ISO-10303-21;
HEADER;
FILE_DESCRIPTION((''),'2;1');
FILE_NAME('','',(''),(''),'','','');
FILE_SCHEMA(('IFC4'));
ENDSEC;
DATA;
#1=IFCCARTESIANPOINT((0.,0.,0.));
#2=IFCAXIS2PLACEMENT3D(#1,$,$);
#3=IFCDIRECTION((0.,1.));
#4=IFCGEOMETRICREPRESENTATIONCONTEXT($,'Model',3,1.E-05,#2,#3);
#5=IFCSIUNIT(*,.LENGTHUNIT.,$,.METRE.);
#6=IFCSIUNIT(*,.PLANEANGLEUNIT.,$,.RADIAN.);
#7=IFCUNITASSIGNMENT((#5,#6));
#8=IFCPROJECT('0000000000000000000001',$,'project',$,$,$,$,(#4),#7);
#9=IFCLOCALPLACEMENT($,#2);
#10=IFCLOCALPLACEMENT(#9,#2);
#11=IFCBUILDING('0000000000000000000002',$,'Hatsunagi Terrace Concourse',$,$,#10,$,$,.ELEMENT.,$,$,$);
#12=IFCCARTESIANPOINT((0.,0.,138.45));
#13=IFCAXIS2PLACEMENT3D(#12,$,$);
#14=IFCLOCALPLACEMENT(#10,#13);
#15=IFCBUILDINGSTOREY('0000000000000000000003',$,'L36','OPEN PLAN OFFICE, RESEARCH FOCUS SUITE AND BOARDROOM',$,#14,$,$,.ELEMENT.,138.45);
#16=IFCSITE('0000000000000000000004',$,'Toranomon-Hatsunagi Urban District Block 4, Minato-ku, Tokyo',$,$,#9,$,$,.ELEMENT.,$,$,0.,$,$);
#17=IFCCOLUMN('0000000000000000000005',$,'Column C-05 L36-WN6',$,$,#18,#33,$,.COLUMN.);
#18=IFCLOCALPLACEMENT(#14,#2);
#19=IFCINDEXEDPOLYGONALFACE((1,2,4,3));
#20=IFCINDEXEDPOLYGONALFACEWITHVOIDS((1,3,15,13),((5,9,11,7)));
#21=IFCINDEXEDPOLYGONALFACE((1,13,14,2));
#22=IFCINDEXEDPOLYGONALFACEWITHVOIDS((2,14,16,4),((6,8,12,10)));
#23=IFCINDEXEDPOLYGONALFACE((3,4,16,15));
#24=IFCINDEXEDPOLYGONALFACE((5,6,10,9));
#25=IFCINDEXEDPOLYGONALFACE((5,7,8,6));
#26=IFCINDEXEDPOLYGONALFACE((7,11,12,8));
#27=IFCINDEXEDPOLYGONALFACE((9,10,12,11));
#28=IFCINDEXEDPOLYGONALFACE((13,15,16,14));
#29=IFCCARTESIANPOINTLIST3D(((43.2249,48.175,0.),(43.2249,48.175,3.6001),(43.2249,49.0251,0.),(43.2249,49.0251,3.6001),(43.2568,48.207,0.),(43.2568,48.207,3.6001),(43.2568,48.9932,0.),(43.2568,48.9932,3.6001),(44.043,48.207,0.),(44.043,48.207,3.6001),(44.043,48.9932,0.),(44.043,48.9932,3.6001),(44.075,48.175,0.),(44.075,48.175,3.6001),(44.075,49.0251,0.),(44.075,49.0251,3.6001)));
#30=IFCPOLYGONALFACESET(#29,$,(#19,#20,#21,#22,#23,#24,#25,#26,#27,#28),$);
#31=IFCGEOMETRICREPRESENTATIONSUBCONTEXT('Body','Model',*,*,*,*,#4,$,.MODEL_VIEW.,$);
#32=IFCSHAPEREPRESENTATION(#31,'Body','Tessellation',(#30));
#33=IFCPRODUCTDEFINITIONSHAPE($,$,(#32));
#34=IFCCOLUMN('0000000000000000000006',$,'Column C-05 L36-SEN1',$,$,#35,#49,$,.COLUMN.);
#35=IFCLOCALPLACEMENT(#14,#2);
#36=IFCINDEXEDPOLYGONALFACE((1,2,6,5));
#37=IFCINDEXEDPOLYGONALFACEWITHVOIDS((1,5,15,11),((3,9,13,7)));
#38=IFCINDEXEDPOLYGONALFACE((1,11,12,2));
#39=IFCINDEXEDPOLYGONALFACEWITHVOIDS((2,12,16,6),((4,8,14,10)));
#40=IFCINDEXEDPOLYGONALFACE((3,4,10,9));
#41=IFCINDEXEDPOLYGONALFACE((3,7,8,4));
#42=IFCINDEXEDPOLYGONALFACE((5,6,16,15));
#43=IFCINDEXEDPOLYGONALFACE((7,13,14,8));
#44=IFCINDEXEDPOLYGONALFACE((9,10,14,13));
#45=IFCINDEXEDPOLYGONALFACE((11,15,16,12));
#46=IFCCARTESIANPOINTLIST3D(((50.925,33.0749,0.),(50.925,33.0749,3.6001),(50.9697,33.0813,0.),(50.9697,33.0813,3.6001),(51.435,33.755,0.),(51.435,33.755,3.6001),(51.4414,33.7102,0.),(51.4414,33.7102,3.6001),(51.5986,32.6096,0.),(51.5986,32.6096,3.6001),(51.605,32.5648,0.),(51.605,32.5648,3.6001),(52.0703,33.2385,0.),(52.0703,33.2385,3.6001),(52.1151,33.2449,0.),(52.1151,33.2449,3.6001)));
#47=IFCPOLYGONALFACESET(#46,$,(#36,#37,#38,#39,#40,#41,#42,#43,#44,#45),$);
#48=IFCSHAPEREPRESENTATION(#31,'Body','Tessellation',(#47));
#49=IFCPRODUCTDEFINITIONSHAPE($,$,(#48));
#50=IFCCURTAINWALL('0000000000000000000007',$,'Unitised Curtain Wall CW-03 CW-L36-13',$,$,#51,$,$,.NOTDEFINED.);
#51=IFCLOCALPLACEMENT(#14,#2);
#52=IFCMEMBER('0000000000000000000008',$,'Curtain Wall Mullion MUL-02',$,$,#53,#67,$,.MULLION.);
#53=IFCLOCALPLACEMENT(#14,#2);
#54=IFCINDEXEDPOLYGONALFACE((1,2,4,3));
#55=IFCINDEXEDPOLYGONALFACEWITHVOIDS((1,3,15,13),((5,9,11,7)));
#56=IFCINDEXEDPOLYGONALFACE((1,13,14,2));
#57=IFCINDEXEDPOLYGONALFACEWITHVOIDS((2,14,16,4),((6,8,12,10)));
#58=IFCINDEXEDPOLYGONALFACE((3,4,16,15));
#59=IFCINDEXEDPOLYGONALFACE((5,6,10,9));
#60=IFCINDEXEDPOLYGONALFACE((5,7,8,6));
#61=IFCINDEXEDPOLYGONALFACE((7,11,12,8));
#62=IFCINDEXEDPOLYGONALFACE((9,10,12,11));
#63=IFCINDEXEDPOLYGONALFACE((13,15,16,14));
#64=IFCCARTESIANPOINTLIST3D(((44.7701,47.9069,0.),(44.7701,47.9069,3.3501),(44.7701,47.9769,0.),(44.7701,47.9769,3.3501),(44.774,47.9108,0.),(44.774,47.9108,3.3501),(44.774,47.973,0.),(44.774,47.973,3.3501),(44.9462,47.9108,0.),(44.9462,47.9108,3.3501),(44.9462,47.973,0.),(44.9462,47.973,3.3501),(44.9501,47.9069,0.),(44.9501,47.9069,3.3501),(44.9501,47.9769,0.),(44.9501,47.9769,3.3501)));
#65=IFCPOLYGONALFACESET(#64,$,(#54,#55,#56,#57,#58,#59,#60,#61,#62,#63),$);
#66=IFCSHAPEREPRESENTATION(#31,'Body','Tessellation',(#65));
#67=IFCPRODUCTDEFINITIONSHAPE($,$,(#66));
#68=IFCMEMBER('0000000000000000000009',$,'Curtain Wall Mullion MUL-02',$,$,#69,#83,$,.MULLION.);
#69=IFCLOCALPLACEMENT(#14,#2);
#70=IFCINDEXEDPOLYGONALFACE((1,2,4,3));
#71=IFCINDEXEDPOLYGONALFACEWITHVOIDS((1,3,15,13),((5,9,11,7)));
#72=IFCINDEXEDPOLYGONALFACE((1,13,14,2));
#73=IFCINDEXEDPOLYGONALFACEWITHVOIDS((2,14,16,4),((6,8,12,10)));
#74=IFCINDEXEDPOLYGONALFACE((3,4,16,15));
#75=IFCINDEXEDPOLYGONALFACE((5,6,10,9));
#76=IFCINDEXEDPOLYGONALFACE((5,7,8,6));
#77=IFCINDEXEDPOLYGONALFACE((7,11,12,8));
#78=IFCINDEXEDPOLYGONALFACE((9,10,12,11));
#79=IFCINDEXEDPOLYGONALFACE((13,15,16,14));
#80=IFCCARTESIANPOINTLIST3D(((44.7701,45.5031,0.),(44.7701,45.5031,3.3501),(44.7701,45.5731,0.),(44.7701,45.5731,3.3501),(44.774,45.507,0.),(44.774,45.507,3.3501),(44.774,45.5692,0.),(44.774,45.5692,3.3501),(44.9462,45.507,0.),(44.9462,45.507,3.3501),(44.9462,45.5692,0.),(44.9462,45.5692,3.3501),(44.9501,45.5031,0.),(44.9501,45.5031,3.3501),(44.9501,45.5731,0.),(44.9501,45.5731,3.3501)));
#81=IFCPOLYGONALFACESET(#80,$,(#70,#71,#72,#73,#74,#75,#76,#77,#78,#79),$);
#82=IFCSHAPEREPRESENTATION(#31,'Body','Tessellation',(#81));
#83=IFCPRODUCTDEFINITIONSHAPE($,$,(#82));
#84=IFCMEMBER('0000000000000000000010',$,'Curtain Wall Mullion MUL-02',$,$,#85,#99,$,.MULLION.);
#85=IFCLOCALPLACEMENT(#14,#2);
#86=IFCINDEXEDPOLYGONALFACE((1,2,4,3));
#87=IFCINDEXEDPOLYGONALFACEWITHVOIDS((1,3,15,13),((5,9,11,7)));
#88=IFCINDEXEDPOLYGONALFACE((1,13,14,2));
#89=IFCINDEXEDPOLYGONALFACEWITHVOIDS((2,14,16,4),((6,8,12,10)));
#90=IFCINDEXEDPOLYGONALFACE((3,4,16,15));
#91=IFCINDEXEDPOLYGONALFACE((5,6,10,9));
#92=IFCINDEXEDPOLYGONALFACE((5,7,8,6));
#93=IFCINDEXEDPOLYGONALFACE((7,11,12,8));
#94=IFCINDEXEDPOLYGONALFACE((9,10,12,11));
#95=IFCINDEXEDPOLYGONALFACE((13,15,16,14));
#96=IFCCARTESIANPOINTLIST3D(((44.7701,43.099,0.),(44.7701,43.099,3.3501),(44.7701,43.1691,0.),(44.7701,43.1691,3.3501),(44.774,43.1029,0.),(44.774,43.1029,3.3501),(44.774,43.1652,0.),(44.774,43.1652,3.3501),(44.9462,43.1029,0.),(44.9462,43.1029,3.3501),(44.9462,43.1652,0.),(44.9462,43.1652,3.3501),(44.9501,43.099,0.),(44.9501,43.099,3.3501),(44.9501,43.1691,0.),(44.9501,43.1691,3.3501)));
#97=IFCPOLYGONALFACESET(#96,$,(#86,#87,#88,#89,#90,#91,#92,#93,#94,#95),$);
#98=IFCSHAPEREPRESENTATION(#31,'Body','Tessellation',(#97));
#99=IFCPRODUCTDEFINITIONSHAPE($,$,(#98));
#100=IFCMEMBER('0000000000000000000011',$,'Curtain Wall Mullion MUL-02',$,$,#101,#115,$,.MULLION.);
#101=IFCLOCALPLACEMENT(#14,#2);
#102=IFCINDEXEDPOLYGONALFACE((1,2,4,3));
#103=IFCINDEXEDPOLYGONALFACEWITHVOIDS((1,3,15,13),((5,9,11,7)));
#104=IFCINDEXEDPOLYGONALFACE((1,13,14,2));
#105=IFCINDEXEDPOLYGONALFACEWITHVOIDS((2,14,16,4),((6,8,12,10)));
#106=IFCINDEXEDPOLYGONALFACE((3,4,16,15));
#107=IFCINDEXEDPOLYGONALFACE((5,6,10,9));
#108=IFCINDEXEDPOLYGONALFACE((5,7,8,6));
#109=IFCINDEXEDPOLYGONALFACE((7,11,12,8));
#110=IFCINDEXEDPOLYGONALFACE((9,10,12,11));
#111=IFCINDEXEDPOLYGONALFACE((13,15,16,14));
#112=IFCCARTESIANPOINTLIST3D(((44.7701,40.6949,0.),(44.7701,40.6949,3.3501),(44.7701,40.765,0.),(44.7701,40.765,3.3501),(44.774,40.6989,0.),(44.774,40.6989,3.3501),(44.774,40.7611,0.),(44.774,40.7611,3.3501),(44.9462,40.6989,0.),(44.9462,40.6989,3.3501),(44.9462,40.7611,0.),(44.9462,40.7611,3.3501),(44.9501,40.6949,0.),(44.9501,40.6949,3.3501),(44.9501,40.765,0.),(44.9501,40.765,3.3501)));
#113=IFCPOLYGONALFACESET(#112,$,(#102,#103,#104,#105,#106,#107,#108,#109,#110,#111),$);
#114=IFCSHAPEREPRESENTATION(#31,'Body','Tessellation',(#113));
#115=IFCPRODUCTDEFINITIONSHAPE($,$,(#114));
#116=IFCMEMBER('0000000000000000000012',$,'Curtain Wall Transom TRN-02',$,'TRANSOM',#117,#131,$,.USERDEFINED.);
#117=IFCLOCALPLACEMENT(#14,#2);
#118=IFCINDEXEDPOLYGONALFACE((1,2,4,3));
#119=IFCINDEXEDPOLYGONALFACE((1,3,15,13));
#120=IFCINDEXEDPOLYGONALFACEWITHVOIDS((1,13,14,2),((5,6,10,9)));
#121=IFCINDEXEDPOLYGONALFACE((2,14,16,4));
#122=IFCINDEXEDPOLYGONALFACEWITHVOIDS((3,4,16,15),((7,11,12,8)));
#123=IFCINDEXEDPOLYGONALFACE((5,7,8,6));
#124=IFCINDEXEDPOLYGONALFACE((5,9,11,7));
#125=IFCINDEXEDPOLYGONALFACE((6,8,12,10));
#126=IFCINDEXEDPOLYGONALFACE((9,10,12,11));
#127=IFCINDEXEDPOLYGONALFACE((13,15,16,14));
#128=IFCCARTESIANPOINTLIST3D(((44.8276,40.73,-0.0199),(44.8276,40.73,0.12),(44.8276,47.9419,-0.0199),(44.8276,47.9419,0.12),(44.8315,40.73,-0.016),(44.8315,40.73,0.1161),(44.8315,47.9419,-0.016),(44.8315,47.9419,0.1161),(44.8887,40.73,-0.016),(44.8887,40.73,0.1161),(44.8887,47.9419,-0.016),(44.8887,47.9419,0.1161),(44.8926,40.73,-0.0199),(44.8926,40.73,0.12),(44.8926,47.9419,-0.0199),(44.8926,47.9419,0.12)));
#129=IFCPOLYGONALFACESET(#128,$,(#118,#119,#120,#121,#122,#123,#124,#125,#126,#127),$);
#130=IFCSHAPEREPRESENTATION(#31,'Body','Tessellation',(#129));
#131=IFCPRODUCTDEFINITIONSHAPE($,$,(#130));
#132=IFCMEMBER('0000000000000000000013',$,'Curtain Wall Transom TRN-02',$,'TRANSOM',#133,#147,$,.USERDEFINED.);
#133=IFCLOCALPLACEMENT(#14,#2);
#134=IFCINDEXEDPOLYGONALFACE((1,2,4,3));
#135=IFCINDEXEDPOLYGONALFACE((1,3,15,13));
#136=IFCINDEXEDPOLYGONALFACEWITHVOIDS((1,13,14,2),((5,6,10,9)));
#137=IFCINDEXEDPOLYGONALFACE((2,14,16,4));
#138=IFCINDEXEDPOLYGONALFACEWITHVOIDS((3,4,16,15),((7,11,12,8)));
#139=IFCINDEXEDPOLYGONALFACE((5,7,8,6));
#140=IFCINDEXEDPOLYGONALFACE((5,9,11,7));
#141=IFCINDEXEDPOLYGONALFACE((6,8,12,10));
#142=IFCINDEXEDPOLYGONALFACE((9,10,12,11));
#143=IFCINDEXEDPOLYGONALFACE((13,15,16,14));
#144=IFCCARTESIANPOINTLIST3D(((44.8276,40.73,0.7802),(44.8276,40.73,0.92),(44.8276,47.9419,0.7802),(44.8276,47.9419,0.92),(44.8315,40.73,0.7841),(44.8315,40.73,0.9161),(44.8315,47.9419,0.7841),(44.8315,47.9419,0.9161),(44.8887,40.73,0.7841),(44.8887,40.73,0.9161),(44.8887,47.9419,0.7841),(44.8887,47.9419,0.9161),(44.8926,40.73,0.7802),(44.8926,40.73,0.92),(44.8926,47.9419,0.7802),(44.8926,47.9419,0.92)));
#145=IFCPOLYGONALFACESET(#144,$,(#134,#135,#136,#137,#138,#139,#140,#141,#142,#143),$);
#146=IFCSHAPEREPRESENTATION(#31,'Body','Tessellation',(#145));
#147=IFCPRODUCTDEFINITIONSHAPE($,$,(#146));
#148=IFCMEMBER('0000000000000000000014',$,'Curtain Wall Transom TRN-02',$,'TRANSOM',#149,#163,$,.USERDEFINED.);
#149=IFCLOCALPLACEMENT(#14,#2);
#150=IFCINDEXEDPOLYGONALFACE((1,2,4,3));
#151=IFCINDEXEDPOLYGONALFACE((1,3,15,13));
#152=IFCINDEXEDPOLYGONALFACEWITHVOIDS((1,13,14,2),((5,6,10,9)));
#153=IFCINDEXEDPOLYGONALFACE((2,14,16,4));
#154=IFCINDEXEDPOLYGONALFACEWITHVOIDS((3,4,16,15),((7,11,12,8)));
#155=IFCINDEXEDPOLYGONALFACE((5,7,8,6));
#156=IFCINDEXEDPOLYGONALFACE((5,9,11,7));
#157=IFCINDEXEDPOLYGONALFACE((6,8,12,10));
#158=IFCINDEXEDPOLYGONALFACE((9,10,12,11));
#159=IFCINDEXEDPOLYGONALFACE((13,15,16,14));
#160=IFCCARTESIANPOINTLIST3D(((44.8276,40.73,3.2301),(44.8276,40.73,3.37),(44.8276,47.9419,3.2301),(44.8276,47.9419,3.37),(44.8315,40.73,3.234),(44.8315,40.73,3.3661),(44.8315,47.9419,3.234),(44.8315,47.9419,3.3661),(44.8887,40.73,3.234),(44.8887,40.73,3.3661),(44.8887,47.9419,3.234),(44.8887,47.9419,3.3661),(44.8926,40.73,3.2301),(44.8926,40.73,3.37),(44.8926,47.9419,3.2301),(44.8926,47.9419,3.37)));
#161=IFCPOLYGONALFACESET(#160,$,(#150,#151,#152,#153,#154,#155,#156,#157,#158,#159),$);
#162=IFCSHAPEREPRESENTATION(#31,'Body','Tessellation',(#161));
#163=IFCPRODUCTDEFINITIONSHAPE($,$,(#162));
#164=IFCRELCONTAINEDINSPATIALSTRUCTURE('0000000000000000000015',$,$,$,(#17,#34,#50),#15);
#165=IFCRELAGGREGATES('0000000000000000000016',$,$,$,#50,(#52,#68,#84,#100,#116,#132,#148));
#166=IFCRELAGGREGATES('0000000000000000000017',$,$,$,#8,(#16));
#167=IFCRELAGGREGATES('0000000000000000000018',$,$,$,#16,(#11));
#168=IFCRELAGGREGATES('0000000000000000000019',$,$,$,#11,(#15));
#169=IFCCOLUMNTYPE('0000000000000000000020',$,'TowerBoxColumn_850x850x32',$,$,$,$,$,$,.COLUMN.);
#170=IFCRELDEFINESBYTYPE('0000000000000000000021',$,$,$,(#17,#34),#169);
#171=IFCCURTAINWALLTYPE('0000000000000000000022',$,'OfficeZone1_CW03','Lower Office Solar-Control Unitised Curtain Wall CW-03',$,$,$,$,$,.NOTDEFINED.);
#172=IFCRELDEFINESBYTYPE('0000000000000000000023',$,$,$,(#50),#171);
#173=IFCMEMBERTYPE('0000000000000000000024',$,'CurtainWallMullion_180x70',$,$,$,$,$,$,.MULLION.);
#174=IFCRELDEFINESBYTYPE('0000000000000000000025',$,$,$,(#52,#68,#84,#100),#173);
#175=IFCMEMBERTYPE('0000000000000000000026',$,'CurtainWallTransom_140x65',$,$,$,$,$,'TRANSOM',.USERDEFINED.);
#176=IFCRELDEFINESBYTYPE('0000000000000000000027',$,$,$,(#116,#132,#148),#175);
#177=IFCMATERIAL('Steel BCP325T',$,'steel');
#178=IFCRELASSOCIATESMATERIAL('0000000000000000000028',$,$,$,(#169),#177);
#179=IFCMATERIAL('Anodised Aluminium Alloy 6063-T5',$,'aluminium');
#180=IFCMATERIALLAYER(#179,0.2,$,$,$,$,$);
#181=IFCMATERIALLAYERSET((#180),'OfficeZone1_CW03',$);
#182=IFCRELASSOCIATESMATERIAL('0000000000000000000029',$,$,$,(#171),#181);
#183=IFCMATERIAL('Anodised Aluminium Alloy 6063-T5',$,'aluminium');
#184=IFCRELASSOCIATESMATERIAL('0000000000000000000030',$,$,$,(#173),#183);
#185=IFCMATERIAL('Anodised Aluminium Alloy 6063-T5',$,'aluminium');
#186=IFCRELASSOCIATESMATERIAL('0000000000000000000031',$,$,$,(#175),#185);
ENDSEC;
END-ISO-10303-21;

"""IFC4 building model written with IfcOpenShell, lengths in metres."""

from ifc_helpers import new_model, si_unit, direction, frame, origin, origin_2d, place, context, subcontext, project, spatial, hollow_rectangle, extrude, material, layer, layer_set, material_profile, profile_set, type_object, element, aggregate, save


model = new_model("IFC4")

# Units and contexts
model_context = context("Model", 3, precision=1e-05, world=origin(), true_north=direction((0.0, 1.0)))
body_context = subcontext(model_context, "Body", "Model", "MODEL_VIEW")
ifc_project = project(units=[si_unit("LENGTHUNIT", "METRE"), si_unit("PLANEANGLEUNIT", "RADIAN")], contexts=[model_context])

# Site, building, storey
site_placement = place(None, origin())
site = spatial("IfcSite", under=ifc_project, at=site_placement, Name="Toranomon-Hatsunagi Urban District Block 4, Minato-ku, Tokyo", CompositionType="ELEMENT", RefElevation=0.0)
building_placement = place(site_placement, origin())
building = spatial("IfcBuilding", under=site, at=building_placement, Name="Hatsunagi Terrace Concourse", CompositionType="ELEMENT")
storey_placement = place(building_placement, frame((0.0, 0.0, 138.45)))
storey = spatial("IfcBuildingStorey", under=building, at=storey_placement, Name="L36", Description="OPEN PLAN OFFICE, RESEARCH FOCUS SUITE AND BOARDROOM", CompositionType="ELEMENT", Elevation=138.45)

# Columns
ifc_material_1 = material(Name="Steel BCP325T", Category="steel")
ifc_material_profile_1 = material_profile(ifc_material_1, hollow_rectangle(XDim=0.8501, YDim=0.8501, WallThickness=0.032, at=origin_2d()), Name="BCP-850x850x32")
ifc_profile_set_1 = profile_set([ifc_material_profile_1], Name="Steel BCP325T")
column_type = type_object("IfcColumnType", Name="TowerBoxColumn_850x850x32", PredefinedType="COLUMN", material=ifc_profile_set_1)
for number, where, z_axis, x_axis, name in (
    (1, (43.6499, 48.6001, 0.0), (0.0, 0.0, 1.0), (1.0, 0.0, 0.0), "Column C-05 L36-WN6"),
    (2, (51.52, 33.1599, 0.0), (0.0, 0.0, 1.0), (0.8, -0.6, 0.0), "Column C-05 L36-SEN1"),
):
    element("IfcColumn", number, at=place(storey_placement, frame(where, z_axis=z_axis, x_axis=x_axis)), inside=storey, type_object=column_type, Name=name, PredefinedType="COLUMN", context=body_context, shape_type="SweptSolid", body=[
        extrude(hollow_rectangle(XDim=0.8501, YDim=0.8501, WallThickness=0.032, at=origin_2d()), origin(), (0.0, 0.0, 1.0), 3.6001),
    ])

# Curtain wall, members
ifc_material_2 = material(Name="Anodised Aluminium Alloy 6063-T5", Category="aluminium")
ifc_layer_1 = layer(ifc_material_2, 0.2)
ifc_layer_set_1 = layer_set([ifc_layer_1], Name="OfficeZone1_CW03")
curtain_wall_type = type_object("IfcCurtainWallType", Name="OfficeZone1_CW03", Description="Lower Office Solar-Control Unitised Curtain Wall CW-03", PredefinedType="NOTDEFINED", material=ifc_layer_set_1)
curtain_wall_placement = place(storey_placement, origin())
curtain_wall = element("IfcCurtainWall", 3, at=curtain_wall_placement, inside=storey, type_object=curtain_wall_type, Name="Unitised Curtain Wall CW-03 CW-L36-13", PredefinedType="NOTDEFINED")
ifc_material_3 = material(Name="Anodised Aluminium Alloy 6063-T5", Category="aluminium")
ifc_material_profile_2 = material_profile(ifc_material_3, hollow_rectangle(XDim=0.0701, YDim=0.1799, WallThickness=0.0039, at=origin_2d()), Name="ALU-MUL-180x70x4")
ifc_profile_set_2 = profile_set([ifc_material_profile_2], Name="Anodised Aluminium Alloy 6063-T5")
member_type_1 = type_object("IfcMemberType", Name="CurtainWallMullion_180x70", PredefinedType="MULLION", material=ifc_profile_set_2)
member_1_placement = place(storey_placement, frame((44.8601, 47.9419, 0.0), z_axis=(0.0, 0.0, 1.0), x_axis=(0.0, -1.0, 0.0)))
member_1 = element("IfcMember", 4, at=member_1_placement, type_object=member_type_1, Name="Curtain Wall Mullion MUL-02", PredefinedType="MULLION", context=body_context, shape_type="SweptSolid", body=[
    extrude(hollow_rectangle(XDim=0.0701, YDim=0.1799, WallThickness=0.0039, at=origin_2d()), origin(), (0.0, 0.0, 1.0), 3.3501),
])
member_2_placement = place(storey_placement, frame((44.8601, 45.5381, 0.0), z_axis=(0.0, 0.0, 1.0), x_axis=(0.0, -1.0, 0.0)))
member_2 = element("IfcMember", 5, at=member_2_placement, type_object=member_type_1, Name="Curtain Wall Mullion MUL-02", PredefinedType="MULLION", context=body_context, shape_type="SweptSolid", body=[
    extrude(hollow_rectangle(XDim=0.0701, YDim=0.1799, WallThickness=0.0039, at=origin_2d()), origin(), (0.0, 0.0, 1.0), 3.3501),
])
member_3_placement = place(storey_placement, frame((44.8601, 43.134, 0.0), z_axis=(0.0, 0.0, 1.0), x_axis=(0.0, -1.0, 0.0)))
member_3 = element("IfcMember", 6, at=member_3_placement, type_object=member_type_1, Name="Curtain Wall Mullion MUL-02", PredefinedType="MULLION", context=body_context, shape_type="SweptSolid", body=[
    extrude(hollow_rectangle(XDim=0.0701, YDim=0.1799, WallThickness=0.0039, at=origin_2d()), origin(), (0.0, 0.0, 1.0), 3.3501),
])
member_4_placement = place(storey_placement, frame((44.8601, 40.73, 0.0), z_axis=(0.0, 0.0, 1.0), x_axis=(0.0, -1.0, 0.0)))
member_4 = element("IfcMember", 7, at=member_4_placement, type_object=member_type_1, Name="Curtain Wall Mullion MUL-02", PredefinedType="MULLION", context=body_context, shape_type="SweptSolid", body=[
    extrude(hollow_rectangle(XDim=0.0701, YDim=0.1799, WallThickness=0.0039, at=origin_2d()), origin(), (0.0, 0.0, 1.0), 3.3501),
])
ifc_material_4 = material(Name="Anodised Aluminium Alloy 6063-T5", Category="aluminium")
ifc_material_profile_3 = material_profile(ifc_material_4, hollow_rectangle(XDim=0.0649, YDim=0.1399, WallThickness=0.0039, at=origin_2d()), Name="ALU-TRN-140x65x4")
ifc_profile_set_3 = profile_set([ifc_material_profile_3], Name="Anodised Aluminium Alloy 6063-T5")
member_type_2 = type_object("IfcMemberType", Name="CurtainWallTransom_140x65", ElementType="TRANSOM", PredefinedType="USERDEFINED", material=ifc_profile_set_3)
member_5_placement = place(storey_placement, frame((44.8601, 47.9419, 0.05), z_axis=(0.0, -1.0, 0.0), x_axis=(1.0, 0.0, 0.0)))
member_5 = element("IfcMember", 8, at=member_5_placement, type_object=member_type_2, Name="Curtain Wall Transom TRN-02", ObjectType="TRANSOM", PredefinedType="USERDEFINED", context=body_context, shape_type="SweptSolid", body=[
    extrude(hollow_rectangle(XDim=0.0649, YDim=0.1399, WallThickness=0.0039, at=origin_2d()), origin(), (0.0, 0.0, 1.0), 7.2119),
])
member_6_placement = place(storey_placement, frame((44.8601, 47.9419, 0.8501), z_axis=(0.0, -1.0, 0.0), x_axis=(1.0, 0.0, 0.0)))
member_6 = element("IfcMember", 9, at=member_6_placement, type_object=member_type_2, Name="Curtain Wall Transom TRN-02", ObjectType="TRANSOM", PredefinedType="USERDEFINED", context=body_context, shape_type="SweptSolid", body=[
    extrude(hollow_rectangle(XDim=0.0649, YDim=0.1399, WallThickness=0.0039, at=origin_2d()), origin(), (0.0, 0.0, 1.0), 7.2119),
])
member_7_placement = place(storey_placement, frame((44.8601, 47.9419, 3.3), z_axis=(0.0, -1.0, 0.0), x_axis=(1.0, 0.0, 0.0)))
member_7 = element("IfcMember", 10, at=member_7_placement, type_object=member_type_2, Name="Curtain Wall Transom TRN-02", ObjectType="TRANSOM", PredefinedType="USERDEFINED", context=body_context, shape_type="SweptSolid", body=[
    extrude(hollow_rectangle(XDim=0.0649, YDim=0.1399, WallThickness=0.0039, at=origin_2d()), origin(), (0.0, 0.0, 1.0), 7.2119),
])

aggregate(curtain_wall, [member_1, member_2, member_3, member_4, member_5, member_6, member_7])

save(model, "model.ifc")
